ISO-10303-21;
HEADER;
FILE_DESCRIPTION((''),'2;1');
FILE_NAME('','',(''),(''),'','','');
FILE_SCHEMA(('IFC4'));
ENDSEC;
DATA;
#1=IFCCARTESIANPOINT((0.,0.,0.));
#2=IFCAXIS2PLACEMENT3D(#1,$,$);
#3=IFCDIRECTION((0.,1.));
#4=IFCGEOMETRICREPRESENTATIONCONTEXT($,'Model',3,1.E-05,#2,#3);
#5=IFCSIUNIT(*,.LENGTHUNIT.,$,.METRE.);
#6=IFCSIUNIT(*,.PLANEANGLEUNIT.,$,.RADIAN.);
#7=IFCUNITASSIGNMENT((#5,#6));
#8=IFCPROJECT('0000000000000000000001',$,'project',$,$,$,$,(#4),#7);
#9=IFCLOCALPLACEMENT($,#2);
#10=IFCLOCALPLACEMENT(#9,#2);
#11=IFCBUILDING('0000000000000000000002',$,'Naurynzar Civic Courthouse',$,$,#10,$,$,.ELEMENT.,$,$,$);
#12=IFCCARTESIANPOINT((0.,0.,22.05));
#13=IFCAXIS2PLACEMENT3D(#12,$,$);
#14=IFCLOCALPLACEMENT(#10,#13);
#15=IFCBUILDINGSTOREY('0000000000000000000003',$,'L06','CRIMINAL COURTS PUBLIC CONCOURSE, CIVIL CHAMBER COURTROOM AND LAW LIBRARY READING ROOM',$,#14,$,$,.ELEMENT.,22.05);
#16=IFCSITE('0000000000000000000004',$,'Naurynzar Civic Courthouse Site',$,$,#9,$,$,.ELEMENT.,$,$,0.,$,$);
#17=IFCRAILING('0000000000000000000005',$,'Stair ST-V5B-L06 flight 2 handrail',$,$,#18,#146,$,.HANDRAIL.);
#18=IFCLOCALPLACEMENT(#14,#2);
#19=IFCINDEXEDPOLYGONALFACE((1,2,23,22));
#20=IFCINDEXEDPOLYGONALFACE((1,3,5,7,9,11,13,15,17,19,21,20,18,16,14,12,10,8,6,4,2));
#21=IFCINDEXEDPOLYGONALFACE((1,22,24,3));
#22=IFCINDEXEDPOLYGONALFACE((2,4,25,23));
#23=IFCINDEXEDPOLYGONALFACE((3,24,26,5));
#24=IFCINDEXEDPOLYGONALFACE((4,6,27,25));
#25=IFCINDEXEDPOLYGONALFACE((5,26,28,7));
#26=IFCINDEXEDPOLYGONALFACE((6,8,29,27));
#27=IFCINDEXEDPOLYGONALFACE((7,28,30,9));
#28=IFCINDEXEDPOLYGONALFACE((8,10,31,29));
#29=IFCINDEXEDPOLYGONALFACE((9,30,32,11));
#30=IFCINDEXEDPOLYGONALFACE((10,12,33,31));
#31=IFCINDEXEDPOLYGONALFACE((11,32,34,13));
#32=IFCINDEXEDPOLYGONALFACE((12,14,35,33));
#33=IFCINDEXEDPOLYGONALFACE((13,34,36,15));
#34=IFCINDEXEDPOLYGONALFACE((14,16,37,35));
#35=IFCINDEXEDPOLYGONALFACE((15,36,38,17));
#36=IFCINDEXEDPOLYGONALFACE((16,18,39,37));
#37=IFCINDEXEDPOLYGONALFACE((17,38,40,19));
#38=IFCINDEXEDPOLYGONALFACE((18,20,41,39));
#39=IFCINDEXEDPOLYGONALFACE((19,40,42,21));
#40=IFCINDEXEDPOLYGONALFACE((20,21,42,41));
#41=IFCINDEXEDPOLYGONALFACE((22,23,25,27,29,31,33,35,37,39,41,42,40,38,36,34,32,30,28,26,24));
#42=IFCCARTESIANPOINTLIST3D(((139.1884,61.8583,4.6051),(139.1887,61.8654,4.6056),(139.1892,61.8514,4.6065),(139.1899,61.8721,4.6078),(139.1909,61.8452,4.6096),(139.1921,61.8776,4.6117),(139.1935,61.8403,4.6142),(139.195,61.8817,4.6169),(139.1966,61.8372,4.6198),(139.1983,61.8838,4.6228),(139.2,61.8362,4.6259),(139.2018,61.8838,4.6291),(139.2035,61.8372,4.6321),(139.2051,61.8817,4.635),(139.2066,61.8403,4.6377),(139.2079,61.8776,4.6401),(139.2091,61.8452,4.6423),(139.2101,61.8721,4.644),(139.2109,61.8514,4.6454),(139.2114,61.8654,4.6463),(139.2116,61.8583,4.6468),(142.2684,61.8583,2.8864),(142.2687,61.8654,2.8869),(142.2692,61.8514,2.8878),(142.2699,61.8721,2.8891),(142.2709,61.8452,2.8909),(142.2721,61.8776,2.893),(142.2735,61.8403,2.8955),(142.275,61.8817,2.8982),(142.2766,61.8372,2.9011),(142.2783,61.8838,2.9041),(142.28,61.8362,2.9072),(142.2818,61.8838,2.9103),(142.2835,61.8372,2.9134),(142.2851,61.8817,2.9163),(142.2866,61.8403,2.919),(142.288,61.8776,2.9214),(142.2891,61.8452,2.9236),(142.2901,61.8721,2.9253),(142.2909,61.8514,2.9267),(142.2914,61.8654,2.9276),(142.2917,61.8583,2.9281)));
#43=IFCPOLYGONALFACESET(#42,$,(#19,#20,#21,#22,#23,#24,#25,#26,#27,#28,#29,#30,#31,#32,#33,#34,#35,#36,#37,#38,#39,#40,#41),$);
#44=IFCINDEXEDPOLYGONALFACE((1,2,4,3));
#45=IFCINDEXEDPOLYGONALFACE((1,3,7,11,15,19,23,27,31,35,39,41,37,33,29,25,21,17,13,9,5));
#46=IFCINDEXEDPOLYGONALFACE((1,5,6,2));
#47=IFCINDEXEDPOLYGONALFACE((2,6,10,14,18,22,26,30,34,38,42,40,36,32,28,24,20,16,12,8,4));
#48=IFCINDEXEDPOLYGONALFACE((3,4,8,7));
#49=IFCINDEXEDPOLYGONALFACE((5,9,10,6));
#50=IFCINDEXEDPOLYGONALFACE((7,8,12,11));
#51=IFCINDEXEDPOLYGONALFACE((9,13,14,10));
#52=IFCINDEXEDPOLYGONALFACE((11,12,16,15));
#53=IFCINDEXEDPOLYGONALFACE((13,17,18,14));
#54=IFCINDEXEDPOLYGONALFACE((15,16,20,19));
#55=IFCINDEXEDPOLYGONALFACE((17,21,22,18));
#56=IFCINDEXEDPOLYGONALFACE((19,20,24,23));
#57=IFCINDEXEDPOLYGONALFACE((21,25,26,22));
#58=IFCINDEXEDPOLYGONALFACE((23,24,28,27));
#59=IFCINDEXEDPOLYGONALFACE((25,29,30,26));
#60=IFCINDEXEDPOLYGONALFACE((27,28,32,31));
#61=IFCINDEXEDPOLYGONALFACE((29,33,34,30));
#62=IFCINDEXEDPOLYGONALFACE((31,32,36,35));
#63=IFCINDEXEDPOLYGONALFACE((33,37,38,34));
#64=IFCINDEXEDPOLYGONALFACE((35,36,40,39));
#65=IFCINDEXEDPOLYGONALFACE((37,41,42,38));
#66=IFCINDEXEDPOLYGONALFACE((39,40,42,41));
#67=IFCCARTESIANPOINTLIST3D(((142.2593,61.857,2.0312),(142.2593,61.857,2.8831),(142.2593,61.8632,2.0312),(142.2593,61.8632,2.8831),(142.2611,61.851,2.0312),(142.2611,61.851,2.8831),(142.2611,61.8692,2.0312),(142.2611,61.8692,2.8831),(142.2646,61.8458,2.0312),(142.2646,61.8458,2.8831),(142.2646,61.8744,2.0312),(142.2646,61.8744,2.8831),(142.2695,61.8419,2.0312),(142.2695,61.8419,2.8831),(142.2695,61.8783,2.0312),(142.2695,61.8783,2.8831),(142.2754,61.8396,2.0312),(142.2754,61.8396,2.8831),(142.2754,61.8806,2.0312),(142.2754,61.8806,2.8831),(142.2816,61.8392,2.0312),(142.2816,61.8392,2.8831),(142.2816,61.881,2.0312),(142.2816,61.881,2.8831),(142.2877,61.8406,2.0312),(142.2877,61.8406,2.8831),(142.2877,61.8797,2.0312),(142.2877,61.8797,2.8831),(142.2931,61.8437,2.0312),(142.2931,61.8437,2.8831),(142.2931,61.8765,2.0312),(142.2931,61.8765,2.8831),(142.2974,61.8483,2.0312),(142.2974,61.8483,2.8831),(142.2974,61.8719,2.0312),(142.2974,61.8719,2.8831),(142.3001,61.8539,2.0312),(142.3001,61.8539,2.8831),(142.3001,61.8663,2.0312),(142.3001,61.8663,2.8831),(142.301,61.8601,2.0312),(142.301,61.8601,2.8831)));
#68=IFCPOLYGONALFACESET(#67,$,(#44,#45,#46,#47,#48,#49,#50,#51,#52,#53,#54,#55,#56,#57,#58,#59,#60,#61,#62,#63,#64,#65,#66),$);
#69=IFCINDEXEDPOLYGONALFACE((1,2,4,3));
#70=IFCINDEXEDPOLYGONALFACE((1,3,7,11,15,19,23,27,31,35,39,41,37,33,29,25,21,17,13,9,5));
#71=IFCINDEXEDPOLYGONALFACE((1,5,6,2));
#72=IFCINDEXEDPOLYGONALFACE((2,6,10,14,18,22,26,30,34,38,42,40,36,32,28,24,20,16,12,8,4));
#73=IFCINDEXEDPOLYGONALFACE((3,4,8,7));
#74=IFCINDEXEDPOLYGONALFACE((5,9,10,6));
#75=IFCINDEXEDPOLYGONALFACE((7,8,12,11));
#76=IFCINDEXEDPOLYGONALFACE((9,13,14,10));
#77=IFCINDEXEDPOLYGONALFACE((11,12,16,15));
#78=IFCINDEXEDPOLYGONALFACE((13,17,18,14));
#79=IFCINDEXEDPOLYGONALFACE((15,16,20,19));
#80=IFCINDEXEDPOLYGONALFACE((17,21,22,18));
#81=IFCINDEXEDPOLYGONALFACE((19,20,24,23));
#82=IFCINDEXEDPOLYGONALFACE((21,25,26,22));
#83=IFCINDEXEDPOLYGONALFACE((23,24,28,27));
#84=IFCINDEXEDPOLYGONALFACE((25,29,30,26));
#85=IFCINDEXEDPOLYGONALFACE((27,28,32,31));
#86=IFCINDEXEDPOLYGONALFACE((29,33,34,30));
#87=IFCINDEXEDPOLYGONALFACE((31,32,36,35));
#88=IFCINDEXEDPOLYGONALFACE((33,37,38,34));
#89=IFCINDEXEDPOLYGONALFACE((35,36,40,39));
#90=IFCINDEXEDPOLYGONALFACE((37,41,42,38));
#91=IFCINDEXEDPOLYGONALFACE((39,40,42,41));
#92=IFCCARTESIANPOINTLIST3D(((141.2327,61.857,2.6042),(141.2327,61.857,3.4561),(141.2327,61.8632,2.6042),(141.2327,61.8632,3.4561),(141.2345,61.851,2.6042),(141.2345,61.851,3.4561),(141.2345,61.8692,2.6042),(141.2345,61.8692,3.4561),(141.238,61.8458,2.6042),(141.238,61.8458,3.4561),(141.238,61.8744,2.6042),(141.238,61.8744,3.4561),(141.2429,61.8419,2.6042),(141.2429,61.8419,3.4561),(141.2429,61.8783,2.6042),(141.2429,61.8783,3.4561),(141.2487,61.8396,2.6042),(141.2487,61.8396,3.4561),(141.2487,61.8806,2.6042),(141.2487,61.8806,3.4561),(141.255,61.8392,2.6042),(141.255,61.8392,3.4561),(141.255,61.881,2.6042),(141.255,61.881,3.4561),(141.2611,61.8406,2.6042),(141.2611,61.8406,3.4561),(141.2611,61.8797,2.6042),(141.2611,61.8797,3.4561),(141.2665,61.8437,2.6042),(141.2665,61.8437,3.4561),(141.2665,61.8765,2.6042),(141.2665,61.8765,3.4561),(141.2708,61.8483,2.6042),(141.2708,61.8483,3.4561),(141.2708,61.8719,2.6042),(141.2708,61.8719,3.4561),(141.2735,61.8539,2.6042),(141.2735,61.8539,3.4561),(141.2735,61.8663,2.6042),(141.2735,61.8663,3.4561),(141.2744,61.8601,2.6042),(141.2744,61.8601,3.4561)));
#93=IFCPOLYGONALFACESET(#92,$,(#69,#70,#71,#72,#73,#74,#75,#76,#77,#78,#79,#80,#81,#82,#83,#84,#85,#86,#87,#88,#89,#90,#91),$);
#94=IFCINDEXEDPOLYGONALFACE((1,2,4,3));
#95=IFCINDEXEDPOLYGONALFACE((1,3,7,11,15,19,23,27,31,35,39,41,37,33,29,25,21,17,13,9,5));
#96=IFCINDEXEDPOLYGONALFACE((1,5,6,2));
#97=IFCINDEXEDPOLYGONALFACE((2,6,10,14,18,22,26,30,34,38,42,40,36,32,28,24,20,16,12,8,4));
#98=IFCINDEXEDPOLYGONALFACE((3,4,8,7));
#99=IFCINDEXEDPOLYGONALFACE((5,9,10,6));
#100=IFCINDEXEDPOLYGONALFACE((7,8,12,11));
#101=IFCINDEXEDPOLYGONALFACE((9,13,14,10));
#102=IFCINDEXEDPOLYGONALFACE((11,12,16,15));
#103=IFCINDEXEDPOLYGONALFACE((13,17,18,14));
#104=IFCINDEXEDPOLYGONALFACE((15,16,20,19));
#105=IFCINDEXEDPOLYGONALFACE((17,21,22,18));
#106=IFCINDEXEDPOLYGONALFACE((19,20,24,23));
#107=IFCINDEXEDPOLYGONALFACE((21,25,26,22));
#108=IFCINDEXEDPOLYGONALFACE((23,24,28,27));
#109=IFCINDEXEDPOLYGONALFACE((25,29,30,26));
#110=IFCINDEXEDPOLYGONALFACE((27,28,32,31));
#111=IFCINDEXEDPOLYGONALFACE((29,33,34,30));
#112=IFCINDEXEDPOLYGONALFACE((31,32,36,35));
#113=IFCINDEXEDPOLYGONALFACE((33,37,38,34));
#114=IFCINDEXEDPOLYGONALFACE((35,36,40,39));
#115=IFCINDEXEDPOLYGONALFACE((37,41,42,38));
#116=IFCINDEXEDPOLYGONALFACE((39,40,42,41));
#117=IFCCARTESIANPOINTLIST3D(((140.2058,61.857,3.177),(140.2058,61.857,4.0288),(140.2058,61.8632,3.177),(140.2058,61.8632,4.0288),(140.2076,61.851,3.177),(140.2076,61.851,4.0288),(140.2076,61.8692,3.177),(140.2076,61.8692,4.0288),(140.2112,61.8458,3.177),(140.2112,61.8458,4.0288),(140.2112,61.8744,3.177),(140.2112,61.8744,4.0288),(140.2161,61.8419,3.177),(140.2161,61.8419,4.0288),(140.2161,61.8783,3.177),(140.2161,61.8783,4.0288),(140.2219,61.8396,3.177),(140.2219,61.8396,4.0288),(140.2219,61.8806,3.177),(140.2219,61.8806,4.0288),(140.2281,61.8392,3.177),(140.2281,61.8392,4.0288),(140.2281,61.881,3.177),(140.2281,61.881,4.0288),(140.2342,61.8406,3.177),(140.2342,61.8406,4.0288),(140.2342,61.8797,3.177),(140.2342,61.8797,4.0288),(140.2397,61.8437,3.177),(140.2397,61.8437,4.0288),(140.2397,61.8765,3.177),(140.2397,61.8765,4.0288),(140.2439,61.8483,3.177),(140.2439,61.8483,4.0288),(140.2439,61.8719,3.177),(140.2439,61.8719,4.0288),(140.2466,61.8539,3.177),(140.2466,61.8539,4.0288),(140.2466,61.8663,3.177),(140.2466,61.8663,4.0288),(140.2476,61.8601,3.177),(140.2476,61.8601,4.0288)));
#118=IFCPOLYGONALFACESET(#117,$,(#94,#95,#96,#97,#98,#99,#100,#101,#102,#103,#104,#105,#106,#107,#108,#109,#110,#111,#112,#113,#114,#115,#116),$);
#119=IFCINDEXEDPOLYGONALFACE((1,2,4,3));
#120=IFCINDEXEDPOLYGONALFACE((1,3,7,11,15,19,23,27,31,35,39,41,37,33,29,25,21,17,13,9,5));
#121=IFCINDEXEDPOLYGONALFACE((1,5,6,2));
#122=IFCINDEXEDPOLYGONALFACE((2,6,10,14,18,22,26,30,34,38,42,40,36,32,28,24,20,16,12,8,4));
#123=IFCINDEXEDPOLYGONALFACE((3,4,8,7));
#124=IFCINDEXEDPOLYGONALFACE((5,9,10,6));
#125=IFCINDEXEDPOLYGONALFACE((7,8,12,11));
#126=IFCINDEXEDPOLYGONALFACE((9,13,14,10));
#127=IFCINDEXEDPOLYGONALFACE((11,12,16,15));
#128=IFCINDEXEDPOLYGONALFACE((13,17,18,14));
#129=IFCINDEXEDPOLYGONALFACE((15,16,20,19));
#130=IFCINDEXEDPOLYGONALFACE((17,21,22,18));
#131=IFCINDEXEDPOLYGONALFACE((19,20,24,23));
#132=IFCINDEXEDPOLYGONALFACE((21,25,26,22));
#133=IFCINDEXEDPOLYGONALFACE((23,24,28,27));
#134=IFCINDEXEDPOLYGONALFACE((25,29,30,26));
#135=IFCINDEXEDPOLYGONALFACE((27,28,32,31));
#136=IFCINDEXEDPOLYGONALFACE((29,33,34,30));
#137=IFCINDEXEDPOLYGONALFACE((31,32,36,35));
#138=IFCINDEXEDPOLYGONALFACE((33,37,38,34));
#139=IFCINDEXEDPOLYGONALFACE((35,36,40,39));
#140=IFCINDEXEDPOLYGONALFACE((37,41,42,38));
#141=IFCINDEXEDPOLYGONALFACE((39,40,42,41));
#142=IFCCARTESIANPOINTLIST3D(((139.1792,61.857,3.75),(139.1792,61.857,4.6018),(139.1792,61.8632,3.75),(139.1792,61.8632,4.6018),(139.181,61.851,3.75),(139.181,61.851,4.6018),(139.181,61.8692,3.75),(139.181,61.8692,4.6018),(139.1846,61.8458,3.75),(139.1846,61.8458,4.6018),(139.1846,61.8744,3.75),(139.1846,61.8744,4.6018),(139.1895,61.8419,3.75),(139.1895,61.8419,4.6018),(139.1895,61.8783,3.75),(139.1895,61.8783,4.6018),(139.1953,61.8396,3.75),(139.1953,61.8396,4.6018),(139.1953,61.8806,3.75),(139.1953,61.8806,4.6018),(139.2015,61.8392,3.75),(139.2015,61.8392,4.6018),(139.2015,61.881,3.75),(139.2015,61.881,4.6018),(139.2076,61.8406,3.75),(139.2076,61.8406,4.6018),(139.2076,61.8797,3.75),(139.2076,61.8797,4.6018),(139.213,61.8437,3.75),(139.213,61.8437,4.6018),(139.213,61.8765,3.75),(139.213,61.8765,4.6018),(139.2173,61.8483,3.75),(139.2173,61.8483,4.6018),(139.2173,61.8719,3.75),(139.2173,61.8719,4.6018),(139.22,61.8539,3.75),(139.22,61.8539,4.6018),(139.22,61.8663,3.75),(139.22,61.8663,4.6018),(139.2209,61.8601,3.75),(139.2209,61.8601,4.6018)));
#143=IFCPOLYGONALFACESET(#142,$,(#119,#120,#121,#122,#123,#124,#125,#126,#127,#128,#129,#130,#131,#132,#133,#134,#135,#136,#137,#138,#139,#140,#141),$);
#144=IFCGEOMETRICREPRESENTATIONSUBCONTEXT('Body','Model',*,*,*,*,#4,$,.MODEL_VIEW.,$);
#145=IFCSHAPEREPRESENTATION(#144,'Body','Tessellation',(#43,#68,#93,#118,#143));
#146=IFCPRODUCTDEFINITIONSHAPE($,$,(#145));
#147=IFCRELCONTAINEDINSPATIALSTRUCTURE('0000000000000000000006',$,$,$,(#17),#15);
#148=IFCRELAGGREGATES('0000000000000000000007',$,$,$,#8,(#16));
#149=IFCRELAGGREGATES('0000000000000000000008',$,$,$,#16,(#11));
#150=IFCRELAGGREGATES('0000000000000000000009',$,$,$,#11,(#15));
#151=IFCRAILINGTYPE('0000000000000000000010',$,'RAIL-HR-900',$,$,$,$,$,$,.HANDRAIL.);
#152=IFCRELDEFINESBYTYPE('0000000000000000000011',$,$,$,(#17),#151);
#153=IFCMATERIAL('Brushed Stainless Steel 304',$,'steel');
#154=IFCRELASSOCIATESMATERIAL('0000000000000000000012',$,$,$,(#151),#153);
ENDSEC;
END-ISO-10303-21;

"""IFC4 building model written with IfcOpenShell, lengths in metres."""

from ifc_helpers import new_model, si_unit, direction, frame, origin, origin_2d, place, context, subcontext, project, spatial, circle, extrude, material, type_object, element, save


model = new_model("IFC4")

# Units and contexts
model_context = context("Model", 3, precision=1e-05, world=origin(), true_north=direction((0.0, 1.0)))
body_context = subcontext(model_context, "Body", "Model", "MODEL_VIEW")
ifc_project = project(units=[si_unit("LENGTHUNIT", "METRE"), si_unit("PLANEANGLEUNIT", "RADIAN")], contexts=[model_context])

# Site, building, storey
site_placement = place(None, origin())
site = spatial("IfcSite", under=ifc_project, at=site_placement, Name="Naurynzar Civic Courthouse Site", CompositionType="ELEMENT", RefElevation=0.0)
building_placement = place(site_placement, origin())
building = spatial("IfcBuilding", under=site, at=building_placement, Name="Naurynzar Civic Courthouse", CompositionType="ELEMENT")
storey_placement = place(building_placement, frame((0.0, 0.0, 22.05)))
storey = spatial("IfcBuildingStorey", under=building, at=storey_placement, Name="L06", Description="CRIMINAL COURTS PUBLIC CONCOURSE, CIVIL CHAMBER COURTROOM AND LAW LIBRARY READING ROOM", CompositionType="ELEMENT", Elevation=22.05)

# Railing
ifc_material_1 = material(Name="Brushed Stainless Steel 304", Category="steel")
railing_type_1 = type_object("IfcRailingType", Name="RAIL-HR-900", PredefinedType="HANDRAIL", material=ifc_material_1)
railing_1_placement = place(storey_placement, frame((142.28, 61.8601, 2.0312)))
element("IfcRailing", 1, at=railing_1_placement, inside=storey, type_object=railing_type_1, Name="Stair ST-V5B-L06 flight 2 handrail", PredefinedType="HANDRAIL", context=body_context, shape_type="SweptSolid", body=[
    extrude(circle(Radius=0.0239, at=origin_2d()), frame((0.0, 0.0, 0.876), z_axis=(-0.873242, 0.0, 0.487288), x_axis=(0.0, -1.0, 0.0)), (0.0, 0.0, 1.0), 3.5271),
    extrude(circle(Radius=0.021, at=origin_2d()), origin(), (0.0, 0.0, 1.0), 0.8518),
    extrude(circle(Radius=0.021, at=origin_2d()), frame((-1.0266, 0.0, 0.573)), (0.0, 0.0, 1.0), 0.8518),
    extrude(circle(Radius=0.021, at=origin_2d()), frame((-2.0535, 0.0, 1.1458)), (0.0, 0.0, 1.0), 0.8518),
    extrude(circle(Radius=0.021, at=origin_2d()), frame((-3.0801, 0.0, 1.7188)), (0.0, 0.0, 1.0), 0.8518),
])

save(model, "model.ifc")
